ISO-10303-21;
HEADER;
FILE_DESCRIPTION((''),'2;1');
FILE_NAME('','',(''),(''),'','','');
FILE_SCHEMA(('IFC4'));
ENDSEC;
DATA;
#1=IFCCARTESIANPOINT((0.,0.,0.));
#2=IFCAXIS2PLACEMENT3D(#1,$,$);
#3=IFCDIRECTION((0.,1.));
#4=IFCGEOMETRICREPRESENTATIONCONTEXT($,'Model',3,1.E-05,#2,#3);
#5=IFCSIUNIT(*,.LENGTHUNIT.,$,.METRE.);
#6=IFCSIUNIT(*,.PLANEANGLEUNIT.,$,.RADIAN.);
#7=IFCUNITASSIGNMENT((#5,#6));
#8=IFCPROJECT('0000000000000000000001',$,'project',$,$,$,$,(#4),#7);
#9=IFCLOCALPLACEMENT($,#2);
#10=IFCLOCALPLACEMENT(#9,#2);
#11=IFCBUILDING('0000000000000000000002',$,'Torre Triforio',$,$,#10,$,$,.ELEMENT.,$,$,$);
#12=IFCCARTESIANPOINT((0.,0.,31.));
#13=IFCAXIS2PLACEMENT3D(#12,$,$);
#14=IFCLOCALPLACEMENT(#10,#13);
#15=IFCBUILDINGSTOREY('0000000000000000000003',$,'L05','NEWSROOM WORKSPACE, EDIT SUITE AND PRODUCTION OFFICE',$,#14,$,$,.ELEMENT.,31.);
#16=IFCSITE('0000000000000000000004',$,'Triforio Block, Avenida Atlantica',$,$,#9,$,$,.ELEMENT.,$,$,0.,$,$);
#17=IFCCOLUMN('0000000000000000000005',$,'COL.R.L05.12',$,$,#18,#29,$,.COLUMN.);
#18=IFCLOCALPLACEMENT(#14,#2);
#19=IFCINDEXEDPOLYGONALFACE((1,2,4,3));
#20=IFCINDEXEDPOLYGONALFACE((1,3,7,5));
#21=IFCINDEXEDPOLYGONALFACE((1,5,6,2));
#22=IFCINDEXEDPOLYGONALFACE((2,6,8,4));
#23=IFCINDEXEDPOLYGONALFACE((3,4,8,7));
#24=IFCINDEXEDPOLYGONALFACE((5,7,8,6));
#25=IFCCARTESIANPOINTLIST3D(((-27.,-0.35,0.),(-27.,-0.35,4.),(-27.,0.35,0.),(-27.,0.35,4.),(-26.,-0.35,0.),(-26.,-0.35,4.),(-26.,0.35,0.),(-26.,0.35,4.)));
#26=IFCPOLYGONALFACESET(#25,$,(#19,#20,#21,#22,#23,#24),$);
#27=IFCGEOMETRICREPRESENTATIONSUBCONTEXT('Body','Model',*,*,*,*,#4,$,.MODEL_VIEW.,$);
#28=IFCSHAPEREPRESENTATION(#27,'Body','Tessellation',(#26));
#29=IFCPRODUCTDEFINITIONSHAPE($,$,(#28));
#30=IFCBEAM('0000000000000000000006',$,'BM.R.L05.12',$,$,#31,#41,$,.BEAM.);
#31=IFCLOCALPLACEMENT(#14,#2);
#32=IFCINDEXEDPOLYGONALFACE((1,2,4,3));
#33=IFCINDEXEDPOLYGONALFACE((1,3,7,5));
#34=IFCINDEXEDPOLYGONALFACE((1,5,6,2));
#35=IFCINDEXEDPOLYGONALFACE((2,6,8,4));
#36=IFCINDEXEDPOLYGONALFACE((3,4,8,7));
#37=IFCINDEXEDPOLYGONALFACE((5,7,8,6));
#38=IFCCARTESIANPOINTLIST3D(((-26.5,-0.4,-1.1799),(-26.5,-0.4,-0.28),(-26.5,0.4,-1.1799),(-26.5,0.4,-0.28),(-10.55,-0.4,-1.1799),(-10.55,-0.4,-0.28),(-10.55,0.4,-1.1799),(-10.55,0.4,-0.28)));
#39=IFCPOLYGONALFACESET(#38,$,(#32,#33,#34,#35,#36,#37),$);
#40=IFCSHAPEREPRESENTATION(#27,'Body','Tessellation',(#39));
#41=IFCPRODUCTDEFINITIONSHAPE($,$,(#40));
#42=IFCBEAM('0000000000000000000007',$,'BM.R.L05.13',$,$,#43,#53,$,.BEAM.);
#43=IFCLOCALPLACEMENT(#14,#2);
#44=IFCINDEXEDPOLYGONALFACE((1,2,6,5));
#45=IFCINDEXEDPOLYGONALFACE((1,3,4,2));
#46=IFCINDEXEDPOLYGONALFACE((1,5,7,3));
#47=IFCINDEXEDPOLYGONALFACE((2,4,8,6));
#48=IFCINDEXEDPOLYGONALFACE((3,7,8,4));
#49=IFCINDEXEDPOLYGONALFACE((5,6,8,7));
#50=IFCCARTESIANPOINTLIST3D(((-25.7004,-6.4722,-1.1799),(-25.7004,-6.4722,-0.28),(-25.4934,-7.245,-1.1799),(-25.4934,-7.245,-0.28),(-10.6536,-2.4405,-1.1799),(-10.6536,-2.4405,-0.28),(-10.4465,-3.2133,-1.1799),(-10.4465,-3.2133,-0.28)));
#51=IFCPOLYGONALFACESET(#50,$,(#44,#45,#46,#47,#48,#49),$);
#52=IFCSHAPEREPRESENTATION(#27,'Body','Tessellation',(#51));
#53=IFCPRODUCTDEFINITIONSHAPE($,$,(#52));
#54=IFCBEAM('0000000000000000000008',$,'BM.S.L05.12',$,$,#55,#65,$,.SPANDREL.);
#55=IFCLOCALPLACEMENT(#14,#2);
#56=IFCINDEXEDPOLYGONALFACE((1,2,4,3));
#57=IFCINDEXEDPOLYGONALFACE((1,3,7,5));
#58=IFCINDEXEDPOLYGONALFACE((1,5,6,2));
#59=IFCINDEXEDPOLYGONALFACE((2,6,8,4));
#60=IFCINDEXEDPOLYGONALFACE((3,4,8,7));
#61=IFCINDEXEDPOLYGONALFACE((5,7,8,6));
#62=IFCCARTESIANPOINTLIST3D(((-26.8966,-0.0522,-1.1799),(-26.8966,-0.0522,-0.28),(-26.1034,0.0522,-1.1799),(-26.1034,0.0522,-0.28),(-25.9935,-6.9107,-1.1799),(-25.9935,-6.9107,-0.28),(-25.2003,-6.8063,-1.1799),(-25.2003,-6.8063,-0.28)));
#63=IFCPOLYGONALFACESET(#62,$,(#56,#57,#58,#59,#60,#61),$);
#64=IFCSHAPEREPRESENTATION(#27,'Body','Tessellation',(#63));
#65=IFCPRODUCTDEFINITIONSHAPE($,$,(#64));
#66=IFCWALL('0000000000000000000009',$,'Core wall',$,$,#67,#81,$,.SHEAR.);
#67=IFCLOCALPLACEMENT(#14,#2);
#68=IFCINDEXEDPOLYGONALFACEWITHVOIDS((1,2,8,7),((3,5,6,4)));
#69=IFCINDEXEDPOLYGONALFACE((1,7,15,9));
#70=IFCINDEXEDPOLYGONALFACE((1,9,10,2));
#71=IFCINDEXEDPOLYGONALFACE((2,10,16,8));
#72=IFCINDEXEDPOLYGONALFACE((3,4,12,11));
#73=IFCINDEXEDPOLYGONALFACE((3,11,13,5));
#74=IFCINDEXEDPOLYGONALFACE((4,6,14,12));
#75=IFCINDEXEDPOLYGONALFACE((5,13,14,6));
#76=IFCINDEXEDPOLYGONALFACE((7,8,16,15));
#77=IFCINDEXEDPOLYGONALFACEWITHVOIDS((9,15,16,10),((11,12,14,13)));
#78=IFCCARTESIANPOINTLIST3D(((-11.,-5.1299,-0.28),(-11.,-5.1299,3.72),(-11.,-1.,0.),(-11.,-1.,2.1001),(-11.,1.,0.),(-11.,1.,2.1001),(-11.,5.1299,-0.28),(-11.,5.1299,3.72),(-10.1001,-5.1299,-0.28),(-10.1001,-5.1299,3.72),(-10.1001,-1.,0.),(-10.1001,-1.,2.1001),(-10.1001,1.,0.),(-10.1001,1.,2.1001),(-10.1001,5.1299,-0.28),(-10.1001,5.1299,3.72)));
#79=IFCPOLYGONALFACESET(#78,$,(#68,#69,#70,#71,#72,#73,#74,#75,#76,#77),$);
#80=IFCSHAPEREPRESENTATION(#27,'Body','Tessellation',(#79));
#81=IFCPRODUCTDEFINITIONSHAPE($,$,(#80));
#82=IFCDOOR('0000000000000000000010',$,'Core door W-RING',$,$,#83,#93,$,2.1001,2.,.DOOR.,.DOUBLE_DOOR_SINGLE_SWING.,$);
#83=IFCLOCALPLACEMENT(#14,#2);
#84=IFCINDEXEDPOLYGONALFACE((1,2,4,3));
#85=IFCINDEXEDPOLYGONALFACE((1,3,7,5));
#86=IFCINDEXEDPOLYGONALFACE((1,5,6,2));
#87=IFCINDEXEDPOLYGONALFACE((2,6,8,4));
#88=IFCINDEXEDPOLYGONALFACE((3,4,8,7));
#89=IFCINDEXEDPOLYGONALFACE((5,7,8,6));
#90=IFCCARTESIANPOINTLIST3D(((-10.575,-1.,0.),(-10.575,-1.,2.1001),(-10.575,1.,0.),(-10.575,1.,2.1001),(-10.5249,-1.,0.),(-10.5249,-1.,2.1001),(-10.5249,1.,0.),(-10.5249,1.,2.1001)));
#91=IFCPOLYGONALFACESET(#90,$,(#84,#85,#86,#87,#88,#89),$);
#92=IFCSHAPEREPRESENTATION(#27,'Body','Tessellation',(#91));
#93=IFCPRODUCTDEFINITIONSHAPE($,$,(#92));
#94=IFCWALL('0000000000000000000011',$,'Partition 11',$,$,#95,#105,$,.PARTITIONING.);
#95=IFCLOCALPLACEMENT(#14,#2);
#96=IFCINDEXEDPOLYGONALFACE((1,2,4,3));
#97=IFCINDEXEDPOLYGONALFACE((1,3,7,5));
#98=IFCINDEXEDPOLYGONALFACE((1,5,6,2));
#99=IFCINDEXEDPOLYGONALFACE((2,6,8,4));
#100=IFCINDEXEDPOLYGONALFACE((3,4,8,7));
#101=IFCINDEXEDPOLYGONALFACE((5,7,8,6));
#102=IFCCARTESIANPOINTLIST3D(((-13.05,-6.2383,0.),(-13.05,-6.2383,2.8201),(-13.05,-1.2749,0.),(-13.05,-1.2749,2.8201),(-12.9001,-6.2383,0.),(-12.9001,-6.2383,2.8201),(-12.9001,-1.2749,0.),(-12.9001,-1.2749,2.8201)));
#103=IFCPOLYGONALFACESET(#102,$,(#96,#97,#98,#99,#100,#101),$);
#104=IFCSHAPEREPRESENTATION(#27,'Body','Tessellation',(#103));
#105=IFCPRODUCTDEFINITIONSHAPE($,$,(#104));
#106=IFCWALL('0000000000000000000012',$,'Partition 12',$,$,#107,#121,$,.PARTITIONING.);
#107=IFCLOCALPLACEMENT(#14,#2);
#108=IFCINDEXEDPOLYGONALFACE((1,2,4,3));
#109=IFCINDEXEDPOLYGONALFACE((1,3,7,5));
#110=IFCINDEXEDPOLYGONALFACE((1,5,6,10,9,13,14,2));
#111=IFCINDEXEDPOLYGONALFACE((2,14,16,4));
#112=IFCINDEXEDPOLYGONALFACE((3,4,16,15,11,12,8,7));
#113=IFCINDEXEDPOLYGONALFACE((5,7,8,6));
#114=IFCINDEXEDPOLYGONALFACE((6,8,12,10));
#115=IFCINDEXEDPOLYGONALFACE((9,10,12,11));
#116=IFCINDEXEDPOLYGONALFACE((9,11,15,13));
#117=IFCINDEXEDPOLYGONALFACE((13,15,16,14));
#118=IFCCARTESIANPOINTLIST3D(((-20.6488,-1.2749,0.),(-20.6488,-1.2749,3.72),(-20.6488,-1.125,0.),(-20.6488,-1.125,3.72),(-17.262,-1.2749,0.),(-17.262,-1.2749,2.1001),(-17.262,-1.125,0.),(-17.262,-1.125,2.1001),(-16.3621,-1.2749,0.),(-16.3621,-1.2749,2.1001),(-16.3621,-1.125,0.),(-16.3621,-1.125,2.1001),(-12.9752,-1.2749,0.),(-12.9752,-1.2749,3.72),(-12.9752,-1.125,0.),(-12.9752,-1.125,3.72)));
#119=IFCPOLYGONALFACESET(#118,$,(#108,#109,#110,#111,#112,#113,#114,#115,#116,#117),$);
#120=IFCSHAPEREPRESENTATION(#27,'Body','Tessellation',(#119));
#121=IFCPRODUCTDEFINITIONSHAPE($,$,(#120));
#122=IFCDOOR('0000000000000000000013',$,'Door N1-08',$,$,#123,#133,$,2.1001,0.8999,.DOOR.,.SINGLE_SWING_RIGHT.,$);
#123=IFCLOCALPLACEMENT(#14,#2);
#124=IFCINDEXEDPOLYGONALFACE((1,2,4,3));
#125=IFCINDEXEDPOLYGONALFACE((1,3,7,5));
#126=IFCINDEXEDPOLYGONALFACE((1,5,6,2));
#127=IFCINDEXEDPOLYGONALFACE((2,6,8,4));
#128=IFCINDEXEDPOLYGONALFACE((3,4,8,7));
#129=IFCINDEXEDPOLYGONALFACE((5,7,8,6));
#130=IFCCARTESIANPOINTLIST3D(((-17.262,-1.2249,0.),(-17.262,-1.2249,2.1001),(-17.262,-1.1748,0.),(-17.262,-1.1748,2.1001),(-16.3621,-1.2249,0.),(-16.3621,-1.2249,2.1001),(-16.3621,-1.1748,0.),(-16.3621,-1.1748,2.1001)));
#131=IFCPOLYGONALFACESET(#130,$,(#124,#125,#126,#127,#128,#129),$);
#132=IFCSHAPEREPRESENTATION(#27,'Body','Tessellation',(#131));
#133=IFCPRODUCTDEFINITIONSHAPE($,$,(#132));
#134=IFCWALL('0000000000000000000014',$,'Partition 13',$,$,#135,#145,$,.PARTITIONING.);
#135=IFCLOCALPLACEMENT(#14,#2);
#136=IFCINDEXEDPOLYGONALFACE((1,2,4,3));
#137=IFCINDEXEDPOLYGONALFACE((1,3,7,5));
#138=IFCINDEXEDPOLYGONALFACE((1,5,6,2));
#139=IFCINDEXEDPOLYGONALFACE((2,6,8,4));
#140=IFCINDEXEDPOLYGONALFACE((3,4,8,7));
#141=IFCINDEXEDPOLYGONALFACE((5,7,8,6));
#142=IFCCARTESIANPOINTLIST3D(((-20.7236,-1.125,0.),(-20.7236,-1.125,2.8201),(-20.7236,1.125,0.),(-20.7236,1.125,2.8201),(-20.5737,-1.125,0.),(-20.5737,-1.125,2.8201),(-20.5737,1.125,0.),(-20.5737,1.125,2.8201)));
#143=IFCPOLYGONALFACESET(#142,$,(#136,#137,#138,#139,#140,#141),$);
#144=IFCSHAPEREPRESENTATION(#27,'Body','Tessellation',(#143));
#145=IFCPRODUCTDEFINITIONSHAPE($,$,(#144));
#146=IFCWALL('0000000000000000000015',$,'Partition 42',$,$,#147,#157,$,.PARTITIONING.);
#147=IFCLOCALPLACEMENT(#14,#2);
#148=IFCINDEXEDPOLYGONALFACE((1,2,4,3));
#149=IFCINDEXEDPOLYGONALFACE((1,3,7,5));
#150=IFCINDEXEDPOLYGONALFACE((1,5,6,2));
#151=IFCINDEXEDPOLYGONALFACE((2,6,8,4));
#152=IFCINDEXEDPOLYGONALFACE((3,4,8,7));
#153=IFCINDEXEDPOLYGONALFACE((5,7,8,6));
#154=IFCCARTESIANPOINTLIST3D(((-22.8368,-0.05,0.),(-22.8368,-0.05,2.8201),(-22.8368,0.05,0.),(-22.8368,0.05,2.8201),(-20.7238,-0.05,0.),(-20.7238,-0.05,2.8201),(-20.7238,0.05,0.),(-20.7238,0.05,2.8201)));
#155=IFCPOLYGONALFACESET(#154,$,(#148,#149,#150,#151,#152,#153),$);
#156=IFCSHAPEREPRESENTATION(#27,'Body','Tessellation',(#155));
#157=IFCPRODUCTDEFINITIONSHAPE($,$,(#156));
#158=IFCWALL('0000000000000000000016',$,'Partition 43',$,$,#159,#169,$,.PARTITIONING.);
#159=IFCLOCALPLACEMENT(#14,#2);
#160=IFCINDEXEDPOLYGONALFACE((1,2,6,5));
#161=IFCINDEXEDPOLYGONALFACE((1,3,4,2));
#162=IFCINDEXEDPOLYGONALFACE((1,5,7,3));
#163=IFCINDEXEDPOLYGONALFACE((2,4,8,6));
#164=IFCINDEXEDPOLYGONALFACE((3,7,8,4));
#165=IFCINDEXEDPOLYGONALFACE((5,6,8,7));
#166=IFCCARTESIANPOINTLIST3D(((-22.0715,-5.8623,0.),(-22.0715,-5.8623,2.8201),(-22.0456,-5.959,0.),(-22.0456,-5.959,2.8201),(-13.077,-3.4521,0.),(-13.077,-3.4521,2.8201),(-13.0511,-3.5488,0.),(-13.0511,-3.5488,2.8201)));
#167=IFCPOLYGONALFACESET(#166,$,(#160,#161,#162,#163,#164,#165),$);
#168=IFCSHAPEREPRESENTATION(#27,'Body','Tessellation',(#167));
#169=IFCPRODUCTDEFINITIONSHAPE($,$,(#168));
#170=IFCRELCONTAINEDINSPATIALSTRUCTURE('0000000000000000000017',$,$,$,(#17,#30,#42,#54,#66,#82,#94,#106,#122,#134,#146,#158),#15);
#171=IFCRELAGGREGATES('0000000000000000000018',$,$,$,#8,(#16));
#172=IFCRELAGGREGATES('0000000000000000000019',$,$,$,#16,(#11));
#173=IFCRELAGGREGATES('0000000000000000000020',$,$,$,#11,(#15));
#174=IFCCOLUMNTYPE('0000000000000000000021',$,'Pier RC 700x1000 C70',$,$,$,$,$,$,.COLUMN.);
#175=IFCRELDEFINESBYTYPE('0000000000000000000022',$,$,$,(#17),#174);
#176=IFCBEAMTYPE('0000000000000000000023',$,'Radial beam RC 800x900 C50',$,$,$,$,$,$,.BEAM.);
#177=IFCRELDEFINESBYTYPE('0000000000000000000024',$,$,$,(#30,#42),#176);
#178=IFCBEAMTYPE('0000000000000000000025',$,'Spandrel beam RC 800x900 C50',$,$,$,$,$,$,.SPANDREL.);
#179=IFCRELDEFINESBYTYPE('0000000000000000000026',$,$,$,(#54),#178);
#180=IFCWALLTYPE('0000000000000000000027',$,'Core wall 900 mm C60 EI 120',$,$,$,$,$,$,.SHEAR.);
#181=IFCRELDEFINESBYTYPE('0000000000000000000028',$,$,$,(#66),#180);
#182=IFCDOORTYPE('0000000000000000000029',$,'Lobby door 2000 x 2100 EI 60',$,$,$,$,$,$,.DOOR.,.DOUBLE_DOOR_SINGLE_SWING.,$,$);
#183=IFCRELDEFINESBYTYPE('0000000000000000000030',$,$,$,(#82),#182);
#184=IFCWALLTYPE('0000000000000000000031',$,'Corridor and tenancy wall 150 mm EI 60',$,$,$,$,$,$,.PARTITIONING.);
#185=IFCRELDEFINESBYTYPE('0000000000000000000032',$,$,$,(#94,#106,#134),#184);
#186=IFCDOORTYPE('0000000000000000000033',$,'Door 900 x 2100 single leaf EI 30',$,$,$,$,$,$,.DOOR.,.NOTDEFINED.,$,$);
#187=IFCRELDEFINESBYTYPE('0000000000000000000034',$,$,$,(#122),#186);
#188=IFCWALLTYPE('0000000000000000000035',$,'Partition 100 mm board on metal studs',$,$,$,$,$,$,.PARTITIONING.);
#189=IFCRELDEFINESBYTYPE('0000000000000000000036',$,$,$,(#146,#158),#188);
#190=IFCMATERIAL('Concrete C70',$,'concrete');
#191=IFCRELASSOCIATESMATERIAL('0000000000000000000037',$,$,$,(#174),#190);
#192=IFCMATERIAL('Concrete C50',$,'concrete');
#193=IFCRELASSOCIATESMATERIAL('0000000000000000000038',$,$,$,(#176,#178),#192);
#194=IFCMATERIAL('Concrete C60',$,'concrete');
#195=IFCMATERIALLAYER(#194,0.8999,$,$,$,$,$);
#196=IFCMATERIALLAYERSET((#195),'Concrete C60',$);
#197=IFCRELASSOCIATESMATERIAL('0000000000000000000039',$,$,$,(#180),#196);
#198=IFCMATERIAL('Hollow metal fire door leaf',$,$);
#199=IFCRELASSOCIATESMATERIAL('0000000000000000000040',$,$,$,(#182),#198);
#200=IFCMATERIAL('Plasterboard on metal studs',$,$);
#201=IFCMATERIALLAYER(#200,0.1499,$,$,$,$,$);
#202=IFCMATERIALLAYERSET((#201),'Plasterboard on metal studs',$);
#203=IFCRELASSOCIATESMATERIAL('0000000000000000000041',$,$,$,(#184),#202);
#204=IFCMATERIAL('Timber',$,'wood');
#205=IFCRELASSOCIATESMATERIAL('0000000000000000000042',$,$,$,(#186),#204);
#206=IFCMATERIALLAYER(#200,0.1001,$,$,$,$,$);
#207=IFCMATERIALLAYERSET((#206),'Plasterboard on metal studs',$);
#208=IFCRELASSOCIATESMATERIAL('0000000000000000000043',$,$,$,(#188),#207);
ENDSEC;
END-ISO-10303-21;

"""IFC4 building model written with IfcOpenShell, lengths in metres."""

from ifc_helpers import new_model, si_unit, direction, frame, frame_2d, origin, origin_2d, place, context, subcontext, project, spatial, rectangle, extrude, material, layer, layer_set, material_profile, profile_set, type_object, element, fill, save


model = new_model("IFC4")

# Units and contexts
model_context = context("Model", 3, precision=1e-05, world=origin(), true_north=direction((0.0, 1.0)))
body_context = subcontext(model_context, "Body", "Model", "MODEL_VIEW")
ifc_project = project(units=[si_unit("LENGTHUNIT", "METRE"), si_unit("PLANEANGLEUNIT", "RADIAN")], contexts=[model_context])

# Site, building, storey
site_placement = place(None, origin())
site = spatial("IfcSite", under=ifc_project, at=site_placement, Name="Triforio Block, Avenida Atlantica", CompositionType="ELEMENT", RefElevation=0.0)
building_placement = place(site_placement, origin())
building = spatial("IfcBuilding", under=site, at=building_placement, Name="Torre Triforio", CompositionType="ELEMENT")
storey_placement = place(building_placement, frame((0.0, 0.0, 31.0)))
storey = spatial("IfcBuildingStorey", under=building, at=storey_placement, Name="L05", Description="NEWSROOM WORKSPACE, EDIT SUITE AND PRODUCTION OFFICE", CompositionType="ELEMENT", Elevation=31.0)

# Column
ifc_material_1 = material(Name="Concrete C70", Category="concrete")
ifc_material_profile_1 = material_profile(ifc_material_1, rectangle(XDim=0.7, YDim=1.0, at=origin_2d()), Name="RC 700x1000")
ifc_profile_set_1 = profile_set([ifc_material_profile_1], Name="Concrete C70")
column_type = type_object("IfcColumnType", Name="Pier RC 700x1000 C70", PredefinedType="COLUMN", material=ifc_profile_set_1)
column_placement = place(storey_placement, frame((-26.5, 0.0, 0.0), z_axis=(0.0, 0.0, 1.0), x_axis=(0.0, -1.0, 0.0)))
element("IfcColumn", 1, at=column_placement, inside=storey, type_object=column_type, Name="COL.R.L05.12", PredefinedType="COLUMN", context=body_context, shape_type="SweptSolid", body=[
    extrude(rectangle(XDim=0.7, YDim=1.0, at=origin_2d()), origin(), (0.0, 0.0, 1.0), 4.0),
])

# Beams
ifc_material_2 = material(Name="Concrete C50", Category="concrete")
ifc_material_profile_2 = material_profile(ifc_material_2, rectangle(XDim=0.8, YDim=0.8999, at=origin_2d()), Name="RC 800x900")
ifc_profile_set_2 = profile_set([ifc_material_profile_2], Name="Concrete C50")
beam_type_1 = type_object("IfcBeamType", Name="Radial beam RC 800x900 C50", PredefinedType="BEAM", material=ifc_profile_set_2)
beam_1_placement = place(storey_placement, frame((-10.55, 0.0, -0.73), z_axis=(-1.0, 0.0, 0.0), x_axis=(0.0, -1.0, 0.0)))
element("IfcBeam", 2, at=beam_1_placement, inside=storey, type_object=beam_type_1, Name="BM.R.L05.12", PredefinedType="BEAM", context=body_context, shape_type="SweptSolid", body=[
    extrude(rectangle(XDim=0.8, YDim=0.8999, at=origin_2d()), origin(), (0.0, 0.0, 1.0), 15.95),
])
beam_2_placement = place(storey_placement, frame((-10.55, -2.8269, -0.73), z_axis=(-0.965927, -0.258815, 0.0), x_axis=(0.258815, -0.965927, 0.0)))
element("IfcBeam", 3, at=beam_2_placement, inside=storey, type_object=beam_type_1, Name="BM.R.L05.13", PredefinedType="BEAM", context=body_context, shape_type="SweptSolid", body=[
    extrude(rectangle(XDim=0.8, YDim=0.8999, at=origin_2d()), origin(), (0.0, 0.0, 1.0), 15.5776),
])
ifc_material_profile_3 = material_profile(ifc_material_2, rectangle(XDim=0.8, YDim=0.8999, at=origin_2d()), Name="RC 800x900")
ifc_profile_set_3 = profile_set([ifc_material_profile_3], Name="Concrete C50")
beam_type_2 = type_object("IfcBeamType", Name="Spandrel beam RC 800x900 C50", PredefinedType="SPANDREL", material=ifc_profile_set_3)
beam_3_placement = place(storey_placement, frame((-26.5, 0.0, -0.73), z_axis=(0.130543, -0.991443, 0.0), x_axis=(0.991443, 0.130543, 0.0)))
element("IfcBeam", 4, at=beam_3_placement, inside=storey, type_object=beam_type_2, Name="BM.S.L05.12", PredefinedType="SPANDREL", context=body_context, shape_type="SweptSolid", body=[
    extrude(rectangle(XDim=0.8, YDim=0.8999, at=origin_2d()), origin(), (0.0, 0.0, 1.0), 6.9177),
])

# Wall, opening, door
ifc_material_3 = material(Name="Concrete C60", Category="concrete")
ifc_layer_1 = layer(ifc_material_3, 0.8999)
ifc_layer_set_1 = layer_set([ifc_layer_1], Name="Concrete C60")
wall_type_1 = type_object("IfcWallType", Name="Core wall 900 mm C60 EI 120", PredefinedType="SHEAR", material=ifc_layer_set_1)
wall_1_placement = place(storey_placement, frame((-10.55, -5.1299, -0.28), z_axis=(0.0, 0.0, 1.0), x_axis=(0.0, 1.0, 0.0)))
wall_1 = element("IfcWall", 5, at=wall_1_placement, inside=storey, type_object=wall_type_1, Name="Core wall", PredefinedType="SHEAR", context=body_context, shape_type="SweptSolid", body=[
    extrude(rectangle(XDim=10.2598, YDim=0.8999, at=frame_2d((5.1299, 0.0))), origin(), (0.0, 0.0, 1.0), 4.0),
])
opening_1_placement = place(wall_1_placement, frame((4.1299, 0.0, 0.28)))
opening_1 = element("IfcOpeningElement", 6, at=opening_1_placement, cuts=wall_1, PredefinedType="OPENING", context=body_context, shape_type="SweptSolid", body=[
    extrude(rectangle(XDim=2.0, YDim=2.1001, at=frame_2d((1.0, 1.05))), frame((0.0, 0.46, 0.0), z_axis=(0.0, -1.0, 0.0), x_axis=(1.0, 0.0, 0.0)), (0.0, 0.0, 1.0), 0.9199),
])
ifc_material_4 = material(Name="Hollow metal fire door leaf")
door_type_1 = type_object("IfcDoorType", Name="Lobby door 2000 x 2100 EI 60", OperationType="DOUBLE_DOOR_SINGLE_SWING", PredefinedType="DOOR", material=ifc_material_4)
door_1_placement = place(opening_1_placement, origin())
door_1 = element("IfcDoor", 7, at=door_1_placement, inside=storey, type_object=door_type_1, Name="Core door W-RING", OperationType="DOUBLE_DOOR_SINGLE_SWING", OverallHeight=2.1001, OverallWidth=2.0, PredefinedType="DOOR", context=body_context, shape_type="SweptSolid", body=[
    extrude(rectangle(XDim=2.0, YDim=2.1001, at=frame_2d((1.0, 1.05))), frame((0.0, 0.0249, 0.0), z_axis=(0.0, -1.0, 0.0), x_axis=(1.0, 0.0, 0.0)), (0.0, 0.0, 1.0), 0.05),
])
fill(opening_1, door_1)

# Wall
ifc_material_5 = material(Name="Plasterboard on metal studs")
ifc_layer_2 = layer(ifc_material_5, 0.1499)
ifc_layer_set_2 = layer_set([ifc_layer_2], Name="Plasterboard on metal studs")
wall_type_2 = type_object("IfcWallType", Name="Corridor and tenancy wall 150 mm EI 60", PredefinedType="PARTITIONING", material=ifc_layer_set_2)
wall_2_placement = place(storey_placement, frame((-12.9751, -6.2383, 0.0), z_axis=(0.0, 0.0, 1.0), x_axis=(0.0, 1.0, 0.0)))
element("IfcWall", 8, at=wall_2_placement, inside=storey, type_object=wall_type_2, Name="Partition 11", PredefinedType="PARTITIONING", context=body_context, shape_type="SweptSolid", body=[
    extrude(rectangle(XDim=4.9634, YDim=0.1499, at=frame_2d((2.4817, 0.0))), origin(), (0.0, 0.0, 1.0), 2.8201),
])

# Wall, opening, door
wall_3_placement = place(storey_placement, frame((-12.9751, -1.2, 0.0), z_axis=(0.0, 0.0, 1.0), x_axis=(-1.0, 0.0, 0.0)))
wall_3 = element("IfcWall", 9, at=wall_3_placement, inside=storey, type_object=wall_type_2, Name="Partition 12", PredefinedType="PARTITIONING", context=body_context, shape_type="SweptSolid", body=[
    extrude(rectangle(XDim=7.6736, YDim=0.1499, at=frame_2d((3.8369, 0.0))), origin(), (0.0, 0.0, 1.0), 3.72),
])
opening_2_placement = place(wall_3_placement, frame((3.387, 0.0, 0.0)))
opening_2 = element("IfcOpeningElement", 10, at=opening_2_placement, cuts=wall_3, PredefinedType="OPENING", context=body_context, shape_type="SweptSolid", body=[
    extrude(rectangle(XDim=0.8999, YDim=2.1001, at=frame_2d((0.45, 1.05))), frame((0.0, 0.085, 0.0), z_axis=(0.0, -1.0, 0.0), x_axis=(1.0, 0.0, 0.0)), (0.0, 0.0, 1.0), 0.1699),
])
ifc_material_6 = material(Name="Timber", Category="wood")
door_type_2 = type_object("IfcDoorType", Name="Door 900 x 2100 single leaf EI 30", OperationType="NOTDEFINED", PredefinedType="DOOR", material=ifc_material_6)
door_2_placement = place(opening_2_placement, origin())
door_2 = element("IfcDoor", 11, at=door_2_placement, inside=storey, type_object=door_type_2, Name="Door N1-08", OperationType="SINGLE_SWING_RIGHT", OverallHeight=2.1001, OverallWidth=0.8999, PredefinedType="DOOR", context=body_context, shape_type="SweptSolid", body=[
    extrude(rectangle(XDim=0.8999, YDim=2.1001, at=frame_2d((0.45, 1.05))), frame((0.0, 0.0249, 0.0), z_axis=(0.0, -1.0, 0.0), x_axis=(1.0, 0.0, 0.0)), (0.0, 0.0, 1.0), 0.05),
])
fill(opening_2, door_2)

# Walls
wall_4_placement = place(storey_placement, frame((-20.6487, -1.125, 0.0), z_axis=(0.0, 0.0, 1.0), x_axis=(0.0, 1.0, 0.0)))
element("IfcWall", 12, at=wall_4_placement, inside=storey, type_object=wall_type_2, Name="Partition 13", PredefinedType="PARTITIONING", context=body_context, shape_type="SweptSolid", body=[
    extrude(rectangle(XDim=2.25, YDim=0.1499, at=frame_2d((1.125, 0.0))), origin(), (0.0, 0.0, 1.0), 2.8201),
])
ifc_layer_3 = layer(ifc_material_5, 0.1001)
ifc_layer_set_3 = layer_set([ifc_layer_3], Name="Plasterboard on metal studs")
wall_type_3 = type_object("IfcWallType", Name="Partition 100 mm board on metal studs", PredefinedType="PARTITIONING", material=ifc_layer_set_3)
wall_5_placement = place(storey_placement, frame((-20.7236, 0.0, 0.0), z_axis=(0.0, 0.0, 1.0), x_axis=(-1.0, 0.0, 0.0)))
element("IfcWall", 13, at=wall_5_placement, inside=storey, type_object=wall_type_3, Name="Partition 42", PredefinedType="PARTITIONING", context=body_context, shape_type="SweptSolid", body=[
    extrude(rectangle(XDim=2.113, YDim=0.1001, at=frame_2d((1.0566, 0.0))), origin(), (0.0, 0.0, 1.0), 2.8201),
])
wall_6_placement = place(storey_placement, frame((-13.0642, -3.5005, 0.0), z_axis=(0.0, 0.0, 1.0), x_axis=(-0.965923, -0.258831, 0.0)))
element("IfcWall", 14, at=wall_6_placement, inside=storey, type_object=wall_type_3, Name="Partition 43", PredefinedType="PARTITIONING", context=body_context, shape_type="SweptSolid", body=[
    extrude(rectangle(XDim=9.3118, YDim=0.1001, at=frame_2d((4.6558, 0.0))), origin(), (0.0, 0.0, 1.0), 2.8201),
])

save(model, "model.ifc")
